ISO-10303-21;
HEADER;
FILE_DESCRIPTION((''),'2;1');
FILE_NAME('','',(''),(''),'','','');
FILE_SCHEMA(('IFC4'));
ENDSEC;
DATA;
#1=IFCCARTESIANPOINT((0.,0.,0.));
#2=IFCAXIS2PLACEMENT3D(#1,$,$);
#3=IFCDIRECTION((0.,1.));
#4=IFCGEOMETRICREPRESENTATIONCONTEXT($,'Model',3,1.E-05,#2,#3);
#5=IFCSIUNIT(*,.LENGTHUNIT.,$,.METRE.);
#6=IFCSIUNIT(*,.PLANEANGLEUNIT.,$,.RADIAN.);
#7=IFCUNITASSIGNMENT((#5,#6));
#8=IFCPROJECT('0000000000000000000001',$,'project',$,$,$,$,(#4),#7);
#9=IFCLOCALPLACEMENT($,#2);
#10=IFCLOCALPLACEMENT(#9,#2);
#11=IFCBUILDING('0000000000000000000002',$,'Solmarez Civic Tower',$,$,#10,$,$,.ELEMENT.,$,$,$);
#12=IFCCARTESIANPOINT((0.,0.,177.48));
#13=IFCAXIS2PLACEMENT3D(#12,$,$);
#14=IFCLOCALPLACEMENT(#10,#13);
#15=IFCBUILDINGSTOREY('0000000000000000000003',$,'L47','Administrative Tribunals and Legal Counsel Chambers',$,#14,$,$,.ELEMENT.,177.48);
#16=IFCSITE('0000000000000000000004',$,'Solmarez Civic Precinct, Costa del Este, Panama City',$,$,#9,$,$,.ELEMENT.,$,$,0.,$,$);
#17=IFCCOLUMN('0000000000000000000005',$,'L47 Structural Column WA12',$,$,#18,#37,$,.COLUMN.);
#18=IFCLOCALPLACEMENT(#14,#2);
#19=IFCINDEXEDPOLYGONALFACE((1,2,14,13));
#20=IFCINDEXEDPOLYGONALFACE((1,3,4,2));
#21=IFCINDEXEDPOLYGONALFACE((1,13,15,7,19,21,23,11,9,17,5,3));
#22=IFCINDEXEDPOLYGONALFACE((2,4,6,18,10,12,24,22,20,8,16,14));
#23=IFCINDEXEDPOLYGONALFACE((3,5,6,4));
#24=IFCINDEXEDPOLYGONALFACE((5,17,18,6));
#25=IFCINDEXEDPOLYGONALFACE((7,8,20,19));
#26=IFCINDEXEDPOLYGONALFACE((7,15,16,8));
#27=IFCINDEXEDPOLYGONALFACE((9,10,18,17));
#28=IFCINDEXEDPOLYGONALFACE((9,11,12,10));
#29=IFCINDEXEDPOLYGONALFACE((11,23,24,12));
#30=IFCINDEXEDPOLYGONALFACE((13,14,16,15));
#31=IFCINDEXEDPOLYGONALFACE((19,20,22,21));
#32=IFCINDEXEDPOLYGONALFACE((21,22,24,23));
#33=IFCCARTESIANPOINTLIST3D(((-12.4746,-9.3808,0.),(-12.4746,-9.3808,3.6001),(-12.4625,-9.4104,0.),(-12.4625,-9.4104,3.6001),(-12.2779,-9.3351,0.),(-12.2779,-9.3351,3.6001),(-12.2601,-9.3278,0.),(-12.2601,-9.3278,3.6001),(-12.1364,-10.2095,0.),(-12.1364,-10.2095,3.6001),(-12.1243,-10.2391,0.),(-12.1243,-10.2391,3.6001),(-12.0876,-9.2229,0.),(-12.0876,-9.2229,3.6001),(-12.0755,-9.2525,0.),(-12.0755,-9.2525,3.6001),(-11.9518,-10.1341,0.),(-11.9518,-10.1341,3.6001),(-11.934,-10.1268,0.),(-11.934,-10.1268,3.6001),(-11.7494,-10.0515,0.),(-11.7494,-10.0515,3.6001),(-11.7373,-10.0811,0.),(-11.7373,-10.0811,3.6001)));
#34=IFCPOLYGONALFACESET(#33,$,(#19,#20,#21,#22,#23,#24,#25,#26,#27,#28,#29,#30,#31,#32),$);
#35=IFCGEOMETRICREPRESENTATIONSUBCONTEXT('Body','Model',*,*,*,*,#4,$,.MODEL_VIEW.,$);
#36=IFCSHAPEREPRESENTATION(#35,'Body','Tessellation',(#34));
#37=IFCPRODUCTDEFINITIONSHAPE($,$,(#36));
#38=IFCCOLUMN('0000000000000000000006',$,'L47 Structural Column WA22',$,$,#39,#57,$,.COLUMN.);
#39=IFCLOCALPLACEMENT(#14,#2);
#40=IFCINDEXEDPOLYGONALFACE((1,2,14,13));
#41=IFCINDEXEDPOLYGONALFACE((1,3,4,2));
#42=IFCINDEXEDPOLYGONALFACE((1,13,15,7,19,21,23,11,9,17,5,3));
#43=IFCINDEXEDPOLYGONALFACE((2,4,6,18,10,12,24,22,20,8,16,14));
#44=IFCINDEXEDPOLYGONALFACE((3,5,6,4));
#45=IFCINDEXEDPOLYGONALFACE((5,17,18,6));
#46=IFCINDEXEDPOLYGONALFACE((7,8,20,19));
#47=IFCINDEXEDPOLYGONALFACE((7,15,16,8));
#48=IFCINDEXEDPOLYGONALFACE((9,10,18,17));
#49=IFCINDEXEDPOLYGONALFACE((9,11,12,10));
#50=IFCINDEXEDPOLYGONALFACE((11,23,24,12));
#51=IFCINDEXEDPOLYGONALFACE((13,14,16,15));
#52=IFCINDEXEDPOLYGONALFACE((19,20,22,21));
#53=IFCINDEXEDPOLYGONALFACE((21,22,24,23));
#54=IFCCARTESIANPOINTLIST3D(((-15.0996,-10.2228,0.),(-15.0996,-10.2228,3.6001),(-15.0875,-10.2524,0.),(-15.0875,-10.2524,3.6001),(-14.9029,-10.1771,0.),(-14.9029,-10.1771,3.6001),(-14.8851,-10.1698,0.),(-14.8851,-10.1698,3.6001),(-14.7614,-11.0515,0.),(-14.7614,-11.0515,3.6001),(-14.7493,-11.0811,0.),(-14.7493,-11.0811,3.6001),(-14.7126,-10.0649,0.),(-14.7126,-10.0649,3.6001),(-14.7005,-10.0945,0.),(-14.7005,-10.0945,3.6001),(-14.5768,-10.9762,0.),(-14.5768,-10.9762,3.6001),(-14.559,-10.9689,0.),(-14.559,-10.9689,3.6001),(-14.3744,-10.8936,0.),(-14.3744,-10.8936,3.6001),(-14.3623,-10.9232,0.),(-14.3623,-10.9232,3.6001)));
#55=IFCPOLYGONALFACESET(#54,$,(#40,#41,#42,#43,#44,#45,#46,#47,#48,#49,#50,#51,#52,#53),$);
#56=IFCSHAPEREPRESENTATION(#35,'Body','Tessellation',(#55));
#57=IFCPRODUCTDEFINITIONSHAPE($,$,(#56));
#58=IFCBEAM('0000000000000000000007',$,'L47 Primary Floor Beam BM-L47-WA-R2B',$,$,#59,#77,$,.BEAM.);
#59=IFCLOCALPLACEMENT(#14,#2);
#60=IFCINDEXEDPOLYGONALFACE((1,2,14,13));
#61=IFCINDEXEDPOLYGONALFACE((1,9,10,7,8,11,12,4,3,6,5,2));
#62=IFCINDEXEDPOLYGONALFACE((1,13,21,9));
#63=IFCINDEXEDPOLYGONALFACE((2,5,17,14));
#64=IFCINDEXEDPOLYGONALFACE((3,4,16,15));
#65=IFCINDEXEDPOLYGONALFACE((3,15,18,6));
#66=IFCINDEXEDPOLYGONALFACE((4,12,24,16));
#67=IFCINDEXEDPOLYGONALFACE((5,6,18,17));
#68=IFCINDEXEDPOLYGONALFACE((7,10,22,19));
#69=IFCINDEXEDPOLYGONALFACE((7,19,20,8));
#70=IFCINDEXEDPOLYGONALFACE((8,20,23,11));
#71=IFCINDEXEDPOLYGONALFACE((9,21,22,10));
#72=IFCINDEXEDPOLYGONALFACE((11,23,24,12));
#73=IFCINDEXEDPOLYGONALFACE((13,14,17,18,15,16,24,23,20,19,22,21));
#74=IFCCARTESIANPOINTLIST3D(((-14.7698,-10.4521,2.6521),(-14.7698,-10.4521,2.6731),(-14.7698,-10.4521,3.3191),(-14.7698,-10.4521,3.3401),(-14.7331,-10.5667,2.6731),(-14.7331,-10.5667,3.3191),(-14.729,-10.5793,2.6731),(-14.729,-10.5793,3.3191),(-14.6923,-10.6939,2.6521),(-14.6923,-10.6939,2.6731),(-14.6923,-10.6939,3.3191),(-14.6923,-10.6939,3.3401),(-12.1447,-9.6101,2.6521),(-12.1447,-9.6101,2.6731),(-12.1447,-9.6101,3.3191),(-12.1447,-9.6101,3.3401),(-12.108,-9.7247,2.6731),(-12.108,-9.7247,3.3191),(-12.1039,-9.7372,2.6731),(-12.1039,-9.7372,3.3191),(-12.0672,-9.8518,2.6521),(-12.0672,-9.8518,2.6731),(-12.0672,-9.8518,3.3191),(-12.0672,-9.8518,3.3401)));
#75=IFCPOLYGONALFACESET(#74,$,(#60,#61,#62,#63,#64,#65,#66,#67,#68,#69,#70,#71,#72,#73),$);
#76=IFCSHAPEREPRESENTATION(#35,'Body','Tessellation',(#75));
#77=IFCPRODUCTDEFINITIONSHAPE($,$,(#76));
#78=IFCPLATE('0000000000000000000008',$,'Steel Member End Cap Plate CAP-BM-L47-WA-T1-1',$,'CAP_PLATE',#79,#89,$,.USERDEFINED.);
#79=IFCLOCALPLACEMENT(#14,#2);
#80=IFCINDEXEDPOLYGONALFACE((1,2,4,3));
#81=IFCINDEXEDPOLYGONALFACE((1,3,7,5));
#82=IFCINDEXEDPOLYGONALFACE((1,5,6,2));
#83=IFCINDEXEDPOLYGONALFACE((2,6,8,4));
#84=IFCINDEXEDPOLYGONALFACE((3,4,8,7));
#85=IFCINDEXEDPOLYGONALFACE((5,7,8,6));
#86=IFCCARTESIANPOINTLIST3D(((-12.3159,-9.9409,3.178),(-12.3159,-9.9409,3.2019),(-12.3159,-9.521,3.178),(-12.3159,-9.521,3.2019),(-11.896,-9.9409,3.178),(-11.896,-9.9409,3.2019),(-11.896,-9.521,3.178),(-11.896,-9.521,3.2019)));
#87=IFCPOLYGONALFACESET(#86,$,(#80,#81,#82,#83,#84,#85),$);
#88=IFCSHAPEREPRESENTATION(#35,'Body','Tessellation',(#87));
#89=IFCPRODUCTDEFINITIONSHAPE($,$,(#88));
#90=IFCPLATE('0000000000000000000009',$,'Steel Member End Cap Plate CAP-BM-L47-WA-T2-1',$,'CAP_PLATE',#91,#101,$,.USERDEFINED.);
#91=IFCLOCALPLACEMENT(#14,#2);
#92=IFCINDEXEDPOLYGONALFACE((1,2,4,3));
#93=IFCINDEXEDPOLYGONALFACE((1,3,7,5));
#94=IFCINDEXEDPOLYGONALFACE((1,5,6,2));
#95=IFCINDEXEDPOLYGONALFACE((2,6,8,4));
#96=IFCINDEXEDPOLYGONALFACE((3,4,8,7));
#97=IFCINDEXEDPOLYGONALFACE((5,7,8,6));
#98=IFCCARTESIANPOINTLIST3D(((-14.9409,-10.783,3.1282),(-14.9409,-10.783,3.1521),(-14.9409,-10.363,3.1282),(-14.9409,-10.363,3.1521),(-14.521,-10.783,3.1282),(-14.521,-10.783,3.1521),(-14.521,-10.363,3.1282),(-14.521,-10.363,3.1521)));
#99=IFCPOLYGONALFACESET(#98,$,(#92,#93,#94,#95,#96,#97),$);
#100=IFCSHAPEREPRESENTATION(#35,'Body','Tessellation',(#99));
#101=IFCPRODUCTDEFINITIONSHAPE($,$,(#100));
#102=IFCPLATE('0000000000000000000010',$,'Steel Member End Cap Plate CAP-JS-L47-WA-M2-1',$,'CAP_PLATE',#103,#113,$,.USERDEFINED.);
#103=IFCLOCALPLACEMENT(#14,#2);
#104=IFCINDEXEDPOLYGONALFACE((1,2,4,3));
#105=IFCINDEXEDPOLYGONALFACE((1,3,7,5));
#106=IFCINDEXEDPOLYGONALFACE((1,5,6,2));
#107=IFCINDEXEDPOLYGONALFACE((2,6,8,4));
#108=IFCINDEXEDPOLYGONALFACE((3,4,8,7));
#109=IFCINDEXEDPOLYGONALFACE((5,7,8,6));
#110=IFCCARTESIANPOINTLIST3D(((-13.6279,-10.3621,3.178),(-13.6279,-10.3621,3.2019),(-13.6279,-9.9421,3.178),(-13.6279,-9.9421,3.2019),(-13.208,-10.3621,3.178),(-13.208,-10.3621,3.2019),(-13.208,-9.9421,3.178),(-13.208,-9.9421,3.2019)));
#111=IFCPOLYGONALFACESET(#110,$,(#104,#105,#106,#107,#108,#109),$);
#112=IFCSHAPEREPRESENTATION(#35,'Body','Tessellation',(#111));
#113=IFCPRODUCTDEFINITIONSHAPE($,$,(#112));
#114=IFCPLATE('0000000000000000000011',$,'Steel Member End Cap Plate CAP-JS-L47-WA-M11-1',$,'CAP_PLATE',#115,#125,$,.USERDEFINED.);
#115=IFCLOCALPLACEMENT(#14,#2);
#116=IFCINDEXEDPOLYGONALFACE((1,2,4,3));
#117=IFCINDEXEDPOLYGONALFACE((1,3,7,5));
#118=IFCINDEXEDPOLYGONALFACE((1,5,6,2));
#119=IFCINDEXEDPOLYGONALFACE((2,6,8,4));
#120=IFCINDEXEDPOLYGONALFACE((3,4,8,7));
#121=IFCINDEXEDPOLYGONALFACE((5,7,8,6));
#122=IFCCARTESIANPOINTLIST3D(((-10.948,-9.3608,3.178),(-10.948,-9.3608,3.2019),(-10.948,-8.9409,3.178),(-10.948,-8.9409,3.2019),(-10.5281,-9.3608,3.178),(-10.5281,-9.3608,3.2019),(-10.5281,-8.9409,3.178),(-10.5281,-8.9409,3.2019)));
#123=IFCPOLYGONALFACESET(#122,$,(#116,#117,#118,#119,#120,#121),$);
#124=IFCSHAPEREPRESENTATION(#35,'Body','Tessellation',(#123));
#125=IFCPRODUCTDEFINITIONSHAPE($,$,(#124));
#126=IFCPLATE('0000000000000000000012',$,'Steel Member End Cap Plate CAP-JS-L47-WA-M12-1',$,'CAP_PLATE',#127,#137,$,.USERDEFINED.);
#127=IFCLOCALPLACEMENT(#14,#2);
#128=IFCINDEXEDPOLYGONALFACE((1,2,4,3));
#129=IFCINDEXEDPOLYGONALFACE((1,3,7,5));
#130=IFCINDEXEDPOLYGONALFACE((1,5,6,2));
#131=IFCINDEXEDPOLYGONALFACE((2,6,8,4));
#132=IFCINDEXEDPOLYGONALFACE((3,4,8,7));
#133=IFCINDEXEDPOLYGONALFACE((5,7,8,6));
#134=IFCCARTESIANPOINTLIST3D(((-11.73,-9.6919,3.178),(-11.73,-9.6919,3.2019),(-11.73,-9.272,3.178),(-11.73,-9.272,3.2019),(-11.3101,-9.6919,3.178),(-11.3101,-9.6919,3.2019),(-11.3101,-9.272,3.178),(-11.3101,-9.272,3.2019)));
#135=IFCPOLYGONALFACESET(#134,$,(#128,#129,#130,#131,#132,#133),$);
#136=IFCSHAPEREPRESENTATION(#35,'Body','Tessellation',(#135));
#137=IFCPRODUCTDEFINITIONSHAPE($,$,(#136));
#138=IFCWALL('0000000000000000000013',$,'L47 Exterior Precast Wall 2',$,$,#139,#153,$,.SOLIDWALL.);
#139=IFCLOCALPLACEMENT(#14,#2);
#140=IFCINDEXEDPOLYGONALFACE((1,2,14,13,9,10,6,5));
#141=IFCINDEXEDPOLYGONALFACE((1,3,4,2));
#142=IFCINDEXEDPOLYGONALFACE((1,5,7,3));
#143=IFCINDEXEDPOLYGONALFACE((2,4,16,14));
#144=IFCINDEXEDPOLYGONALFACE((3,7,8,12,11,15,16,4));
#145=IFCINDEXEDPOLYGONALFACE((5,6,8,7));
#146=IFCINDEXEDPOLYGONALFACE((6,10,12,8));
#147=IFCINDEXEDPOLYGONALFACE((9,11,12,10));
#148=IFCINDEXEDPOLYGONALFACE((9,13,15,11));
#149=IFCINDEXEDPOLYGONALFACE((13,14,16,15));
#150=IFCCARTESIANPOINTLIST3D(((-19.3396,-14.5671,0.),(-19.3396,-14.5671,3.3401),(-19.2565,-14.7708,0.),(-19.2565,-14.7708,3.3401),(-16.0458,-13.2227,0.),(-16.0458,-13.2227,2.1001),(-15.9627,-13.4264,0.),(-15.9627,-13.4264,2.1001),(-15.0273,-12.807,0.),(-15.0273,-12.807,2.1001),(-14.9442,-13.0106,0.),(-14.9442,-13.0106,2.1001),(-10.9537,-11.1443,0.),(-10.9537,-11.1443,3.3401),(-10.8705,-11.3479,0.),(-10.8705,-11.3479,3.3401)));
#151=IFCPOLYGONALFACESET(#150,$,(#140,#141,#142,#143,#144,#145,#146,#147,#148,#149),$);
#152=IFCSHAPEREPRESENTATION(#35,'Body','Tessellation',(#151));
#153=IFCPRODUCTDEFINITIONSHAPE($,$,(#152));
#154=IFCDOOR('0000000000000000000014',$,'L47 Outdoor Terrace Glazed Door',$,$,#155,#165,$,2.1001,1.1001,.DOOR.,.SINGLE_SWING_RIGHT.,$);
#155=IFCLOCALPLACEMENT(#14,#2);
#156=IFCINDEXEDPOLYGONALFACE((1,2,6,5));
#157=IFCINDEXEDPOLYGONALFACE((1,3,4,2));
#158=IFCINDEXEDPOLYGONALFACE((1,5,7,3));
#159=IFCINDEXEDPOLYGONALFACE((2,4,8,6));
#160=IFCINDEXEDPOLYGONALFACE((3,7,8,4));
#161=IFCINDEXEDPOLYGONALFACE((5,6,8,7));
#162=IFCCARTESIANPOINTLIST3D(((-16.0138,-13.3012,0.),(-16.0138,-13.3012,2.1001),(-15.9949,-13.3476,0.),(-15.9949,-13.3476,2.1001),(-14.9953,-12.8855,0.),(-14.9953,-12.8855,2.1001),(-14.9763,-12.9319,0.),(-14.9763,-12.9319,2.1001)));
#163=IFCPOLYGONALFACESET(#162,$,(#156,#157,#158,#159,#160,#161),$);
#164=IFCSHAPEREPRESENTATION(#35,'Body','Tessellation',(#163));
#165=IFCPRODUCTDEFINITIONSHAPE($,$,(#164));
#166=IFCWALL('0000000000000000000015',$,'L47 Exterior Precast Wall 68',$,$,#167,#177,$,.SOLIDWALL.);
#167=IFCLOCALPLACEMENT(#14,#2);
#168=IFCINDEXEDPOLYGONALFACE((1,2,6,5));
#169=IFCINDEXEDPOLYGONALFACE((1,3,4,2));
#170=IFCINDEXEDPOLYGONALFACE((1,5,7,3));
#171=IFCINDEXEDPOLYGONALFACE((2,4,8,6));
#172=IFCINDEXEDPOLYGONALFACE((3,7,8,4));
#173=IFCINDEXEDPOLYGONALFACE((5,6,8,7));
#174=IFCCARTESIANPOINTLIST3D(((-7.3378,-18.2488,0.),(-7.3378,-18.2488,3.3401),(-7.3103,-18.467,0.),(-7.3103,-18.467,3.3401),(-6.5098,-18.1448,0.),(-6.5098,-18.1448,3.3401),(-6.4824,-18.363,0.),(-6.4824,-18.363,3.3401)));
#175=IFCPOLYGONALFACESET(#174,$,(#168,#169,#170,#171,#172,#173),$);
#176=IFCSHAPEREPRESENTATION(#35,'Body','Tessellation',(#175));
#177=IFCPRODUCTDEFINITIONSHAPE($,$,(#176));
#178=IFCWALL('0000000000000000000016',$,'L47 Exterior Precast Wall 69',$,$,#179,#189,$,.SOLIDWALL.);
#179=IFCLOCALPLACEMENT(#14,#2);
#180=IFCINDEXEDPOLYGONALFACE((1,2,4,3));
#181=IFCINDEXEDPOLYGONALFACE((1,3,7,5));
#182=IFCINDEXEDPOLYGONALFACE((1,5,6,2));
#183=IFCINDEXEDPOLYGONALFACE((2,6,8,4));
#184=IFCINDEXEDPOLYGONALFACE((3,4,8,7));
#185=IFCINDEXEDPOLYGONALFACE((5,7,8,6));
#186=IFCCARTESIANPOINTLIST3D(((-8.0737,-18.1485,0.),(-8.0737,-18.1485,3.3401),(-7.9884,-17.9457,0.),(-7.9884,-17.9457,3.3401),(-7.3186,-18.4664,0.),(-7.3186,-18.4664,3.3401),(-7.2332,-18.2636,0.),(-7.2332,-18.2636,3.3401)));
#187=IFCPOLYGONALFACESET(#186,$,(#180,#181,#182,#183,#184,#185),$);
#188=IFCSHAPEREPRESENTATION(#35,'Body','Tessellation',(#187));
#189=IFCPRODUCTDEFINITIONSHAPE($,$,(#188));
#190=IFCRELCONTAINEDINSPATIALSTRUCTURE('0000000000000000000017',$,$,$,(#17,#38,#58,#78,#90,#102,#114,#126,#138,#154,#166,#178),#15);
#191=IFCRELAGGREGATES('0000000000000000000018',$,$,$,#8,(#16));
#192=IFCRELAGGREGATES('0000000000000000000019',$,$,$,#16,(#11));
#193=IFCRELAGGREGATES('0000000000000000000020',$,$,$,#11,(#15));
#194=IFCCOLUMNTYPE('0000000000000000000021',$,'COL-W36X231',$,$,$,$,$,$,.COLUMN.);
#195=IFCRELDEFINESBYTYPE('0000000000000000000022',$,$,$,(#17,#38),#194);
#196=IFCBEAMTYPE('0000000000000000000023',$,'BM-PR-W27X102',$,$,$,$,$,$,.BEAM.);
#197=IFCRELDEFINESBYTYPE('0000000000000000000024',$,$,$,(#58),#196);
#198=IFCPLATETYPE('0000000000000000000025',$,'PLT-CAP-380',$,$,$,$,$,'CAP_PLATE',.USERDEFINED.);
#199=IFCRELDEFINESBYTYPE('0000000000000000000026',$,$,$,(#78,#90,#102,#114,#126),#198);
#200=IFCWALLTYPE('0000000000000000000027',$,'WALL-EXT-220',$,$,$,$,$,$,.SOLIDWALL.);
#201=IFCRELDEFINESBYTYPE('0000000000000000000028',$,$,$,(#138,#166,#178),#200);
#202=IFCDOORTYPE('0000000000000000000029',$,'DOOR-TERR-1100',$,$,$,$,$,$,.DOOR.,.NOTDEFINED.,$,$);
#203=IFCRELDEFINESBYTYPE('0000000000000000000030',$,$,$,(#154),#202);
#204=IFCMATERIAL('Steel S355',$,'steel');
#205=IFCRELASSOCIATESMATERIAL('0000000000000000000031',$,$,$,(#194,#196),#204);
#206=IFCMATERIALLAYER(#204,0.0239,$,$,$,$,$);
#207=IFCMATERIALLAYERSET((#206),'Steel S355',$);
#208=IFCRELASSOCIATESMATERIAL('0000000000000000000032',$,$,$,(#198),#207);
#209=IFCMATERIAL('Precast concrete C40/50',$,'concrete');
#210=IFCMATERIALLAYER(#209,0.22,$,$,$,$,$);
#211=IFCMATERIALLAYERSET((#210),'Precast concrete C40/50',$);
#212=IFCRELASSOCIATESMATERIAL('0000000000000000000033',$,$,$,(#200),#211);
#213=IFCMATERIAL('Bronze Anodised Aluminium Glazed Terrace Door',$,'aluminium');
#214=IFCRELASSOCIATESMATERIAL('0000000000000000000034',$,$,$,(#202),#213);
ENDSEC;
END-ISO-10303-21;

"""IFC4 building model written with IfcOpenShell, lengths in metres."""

from ifc_helpers import new_model, si_unit, direction, frame, frame_2d, origin, origin_2d, place, context, subcontext, project, spatial, rectangle, i_section, extrude, material, layer, layer_set, material_profile, profile_set, type_object, element, fill, save


model = new_model("IFC4")

# Units and contexts
model_context = context("Model", 3, precision=1e-05, world=origin(), true_north=direction((0.0, 1.0)))
body_context = subcontext(model_context, "Body", "Model", "MODEL_VIEW")
ifc_project = project(units=[si_unit("LENGTHUNIT", "METRE"), si_unit("PLANEANGLEUNIT", "RADIAN")], contexts=[model_context])

# Site, building, storey
site_placement = place(None, origin())
site = spatial("IfcSite", under=ifc_project, at=site_placement, Name="Solmarez Civic Precinct, Costa del Este, Panama City", CompositionType="ELEMENT", RefElevation=0.0)
building_placement = place(site_placement, origin())
building = spatial("IfcBuilding", under=site, at=building_placement, Name="Solmarez Civic Tower", CompositionType="ELEMENT")
storey_placement = place(building_placement, frame((0.0, 0.0, 177.48)))
storey = spatial("IfcBuildingStorey", under=building, at=storey_placement, Name="L47", Description="Administrative Tribunals and Legal Counsel Chambers", CompositionType="ELEMENT", Elevation=177.48)

# Columns
ifc_material_1 = material(Name="Steel S355", Category="steel")
ifc_material_profile_1 = material_profile(ifc_material_1, i_section(OverallWidth=0.418, OverallDepth=0.927, WebThickness=0.0193, FlangeThickness=0.032, at=origin_2d()), Name="W36X231")
ifc_profile_set_1 = profile_set([ifc_material_profile_1], Name="Steel S355")
column_type = type_object("IfcColumnType", Name="COL-W36X231", PredefinedType="COLUMN", material=ifc_profile_set_1)
for number, where, z_axis, x_axis, name in (
    (1, (-12.106, -9.731, 0.0), (0.0, 0.0, 1.0), (0.925871, 0.377841, 0.0), "L47 Structural Column WA12"),
    (2, (-14.731, -10.573, 0.0), (0.0, 0.0, 1.0), (0.925871, 0.377841, 0.0), "L47 Structural Column WA22"),
):
    element("IfcColumn", number, at=place(storey_placement, frame(where, z_axis=z_axis, x_axis=x_axis)), inside=storey, type_object=column_type, Name=name, PredefinedType="COLUMN", context=body_context, shape_type="SweptSolid", body=[
        extrude(i_section(OverallWidth=0.418, OverallDepth=0.927, WebThickness=0.0193, FlangeThickness=0.032, at=origin_2d()), origin(), (0.0, 0.0, 1.0), 3.6001),
    ])

# Beam
ifc_material_profile_2 = material_profile(ifc_material_1, i_section(OverallWidth=0.2539, OverallDepth=0.688, WebThickness=0.0132, FlangeThickness=0.021, at=origin_2d()), Name="W27X102")
ifc_profile_set_2 = profile_set([ifc_material_profile_2], Name="Steel S355")
beam_type = type_object("IfcBeamType", Name="BM-PR-W27X102", PredefinedType="BEAM", material=ifc_profile_set_2)
beam_placement = place(storey_placement, frame((-12.106, -9.731, 2.9961), z_axis=(-0.952209, -0.305447, 0.0), x_axis=(0.305447, -0.952209, 0.0)))
element("IfcBeam", 3, at=beam_placement, inside=storey, type_object=beam_type, Name="L47 Primary Floor Beam BM-L47-WA-R2B", PredefinedType="BEAM", context=body_context, shape_type="SweptSolid", body=[
    extrude(i_section(OverallWidth=0.2539, OverallDepth=0.688, WebThickness=0.0132, FlangeThickness=0.021, at=origin_2d()), origin(), (0.0, 0.0, 1.0), 2.7568),
])

# Plates
ifc_layer_1 = layer(ifc_material_1, 0.0239)
ifc_layer_set_1 = layer_set([ifc_layer_1], Name="Steel S355")
plate_type = type_object("IfcPlateType", Name="PLT-CAP-380", ElementType="CAP_PLATE", PredefinedType="USERDEFINED", material=ifc_layer_set_1)
for number, where, z_axis, x_axis, name in (
    (4, (-12.106, -9.731, 3.178), (0.0, 0.0, 1.0), (1.0, 0.0, 0.0), "Steel Member End Cap Plate CAP-BM-L47-WA-T1-1"),
    (5, (-14.731, -10.573, 3.1282), (0.0, 0.0, 1.0), (1.0, 0.0, 0.0), "Steel Member End Cap Plate CAP-BM-L47-WA-T2-1"),
    (6, (-13.418, -10.1521, 3.178), (0.0, 0.0, 1.0), (1.0, 0.0, 0.0), "Steel Member End Cap Plate CAP-JS-L47-WA-M2-1"),
    (7, (-10.738, -9.1509, 3.178), (0.0, 0.0, 1.0), (1.0, 0.0, 0.0), "Steel Member End Cap Plate CAP-JS-L47-WA-M11-1"),
    (8, (-11.52, -9.4819, 3.178), (0.0, 0.0, 1.0), (1.0, 0.0, 0.0), "Steel Member End Cap Plate CAP-JS-L47-WA-M12-1"),
):
    element("IfcPlate", number, at=place(storey_placement, frame(where, z_axis=z_axis, x_axis=x_axis)), inside=storey, type_object=plate_type, Name=name, ObjectType="CAP_PLATE", PredefinedType="USERDEFINED", context=body_context, shape_type="SweptSolid", body=[
        extrude(rectangle(XDim=0.4199, YDim=0.4199, at=origin_2d()), origin(), (0.0, 0.0, 1.0), 0.0239),
    ])

# Wall, opening, door
ifc_material_2 = material(Name="Precast concrete C40/50", Category="concrete")
ifc_layer_2 = layer(ifc_material_2, 0.22)
ifc_layer_set_2 = layer_set([ifc_layer_2], Name="Precast concrete C40/50")
wall_type_1 = type_object("IfcWallType", Name="WALL-EXT-220", PredefinedType="SOLIDWALL", material=ifc_layer_set_2)
wall_1_placement = place(storey_placement, frame((-10.9121, -11.2461, 0.0), z_axis=(0.0, 0.0, 1.0), x_axis=(-0.925848, -0.377897, 0.0)))
wall_1 = element("IfcWall", 9, at=wall_1_placement, inside=storey, type_object=wall_type_1, Name="L47 Exterior Precast Wall 2", PredefinedType="SOLIDWALL", context=body_context, shape_type="SweptSolid", body=[
    extrude(rectangle(XDim=9.0576, YDim=0.22, at=frame_2d((4.5288, 0.0))), origin(), (0.0, 0.0, 1.0), 3.3401),
])
opening_1_placement = place(wall_1_placement, frame((4.3999, 0.0, 0.0)))
opening_1 = element("IfcOpeningElement", 10, at=opening_1_placement, cuts=wall_1, PredefinedType="OPENING", context=body_context, shape_type="SweptSolid", body=[
    extrude(rectangle(XDim=1.1001, YDim=2.1001, at=frame_2d((0.55, 1.05))), frame((0.0, 0.1199, 0.0), z_axis=(0.0, -1.0, 0.0), x_axis=(1.0, 0.0, 0.0)), (0.0, 0.0, 1.0), 0.24),
])
ifc_material_3 = material(Name="Bronze Anodised Aluminium Glazed Terrace Door", Category="aluminium")
door_type_1 = type_object("IfcDoorType", Name="DOOR-TERR-1100", OperationType="NOTDEFINED", PredefinedType="DOOR", material=ifc_material_3)
door_1_placement = place(opening_1_placement, origin())
door_1 = element("IfcDoor", 11, at=door_1_placement, inside=storey, type_object=door_type_1, Name="L47 Outdoor Terrace Glazed Door", OperationType="SINGLE_SWING_RIGHT", OverallHeight=2.1001, OverallWidth=1.1001, PredefinedType="DOOR", context=body_context, shape_type="SweptSolid", body=[
    extrude(rectangle(XDim=1.1001, YDim=2.1001, at=frame_2d((0.55, 1.05))), frame((0.0, 0.0249, 0.0), z_axis=(0.0, -1.0, 0.0), x_axis=(1.0, 0.0, 0.0)), (0.0, 0.0, 1.0), 0.05),
])
fill(opening_1, door_1)

# Walls
wall_2_placement = place(storey_placement, frame((-6.4961, -18.2539, 0.0), z_axis=(0.0, 0.0, 1.0), x_axis=(-0.992201, -0.124647, 0.0)))
element("IfcWall", 12, at=wall_2_placement, inside=storey, type_object=wall_type_1, Name="L47 Exterior Precast Wall 68", PredefinedType="SOLIDWALL", context=body_context, shape_type="SweptSolid", body=[
    extrude(rectangle(XDim=0.8345, YDim=0.22, at=frame_2d((0.4172, 0.0))), origin(), (0.0, 0.0, 1.0), 3.3401),
])
wall_3_placement = place(storey_placement, frame((-7.2759, -18.365, 0.0), z_axis=(0.0, 0.0, 1.0), x_axis=(-0.921669, 0.387977, 0.0)))
element("IfcWall", 13, at=wall_3_placement, inside=storey, type_object=wall_type_1, Name="L47 Exterior Precast Wall 69", PredefinedType="SOLIDWALL", context=body_context, shape_type="SweptSolid", body=[
    extrude(rectangle(XDim=0.8193, YDim=0.22, at=frame_2d((0.4097, 0.0))), origin(), (0.0, 0.0, 1.0), 3.3401),
])

save(model, "model.ifc")
